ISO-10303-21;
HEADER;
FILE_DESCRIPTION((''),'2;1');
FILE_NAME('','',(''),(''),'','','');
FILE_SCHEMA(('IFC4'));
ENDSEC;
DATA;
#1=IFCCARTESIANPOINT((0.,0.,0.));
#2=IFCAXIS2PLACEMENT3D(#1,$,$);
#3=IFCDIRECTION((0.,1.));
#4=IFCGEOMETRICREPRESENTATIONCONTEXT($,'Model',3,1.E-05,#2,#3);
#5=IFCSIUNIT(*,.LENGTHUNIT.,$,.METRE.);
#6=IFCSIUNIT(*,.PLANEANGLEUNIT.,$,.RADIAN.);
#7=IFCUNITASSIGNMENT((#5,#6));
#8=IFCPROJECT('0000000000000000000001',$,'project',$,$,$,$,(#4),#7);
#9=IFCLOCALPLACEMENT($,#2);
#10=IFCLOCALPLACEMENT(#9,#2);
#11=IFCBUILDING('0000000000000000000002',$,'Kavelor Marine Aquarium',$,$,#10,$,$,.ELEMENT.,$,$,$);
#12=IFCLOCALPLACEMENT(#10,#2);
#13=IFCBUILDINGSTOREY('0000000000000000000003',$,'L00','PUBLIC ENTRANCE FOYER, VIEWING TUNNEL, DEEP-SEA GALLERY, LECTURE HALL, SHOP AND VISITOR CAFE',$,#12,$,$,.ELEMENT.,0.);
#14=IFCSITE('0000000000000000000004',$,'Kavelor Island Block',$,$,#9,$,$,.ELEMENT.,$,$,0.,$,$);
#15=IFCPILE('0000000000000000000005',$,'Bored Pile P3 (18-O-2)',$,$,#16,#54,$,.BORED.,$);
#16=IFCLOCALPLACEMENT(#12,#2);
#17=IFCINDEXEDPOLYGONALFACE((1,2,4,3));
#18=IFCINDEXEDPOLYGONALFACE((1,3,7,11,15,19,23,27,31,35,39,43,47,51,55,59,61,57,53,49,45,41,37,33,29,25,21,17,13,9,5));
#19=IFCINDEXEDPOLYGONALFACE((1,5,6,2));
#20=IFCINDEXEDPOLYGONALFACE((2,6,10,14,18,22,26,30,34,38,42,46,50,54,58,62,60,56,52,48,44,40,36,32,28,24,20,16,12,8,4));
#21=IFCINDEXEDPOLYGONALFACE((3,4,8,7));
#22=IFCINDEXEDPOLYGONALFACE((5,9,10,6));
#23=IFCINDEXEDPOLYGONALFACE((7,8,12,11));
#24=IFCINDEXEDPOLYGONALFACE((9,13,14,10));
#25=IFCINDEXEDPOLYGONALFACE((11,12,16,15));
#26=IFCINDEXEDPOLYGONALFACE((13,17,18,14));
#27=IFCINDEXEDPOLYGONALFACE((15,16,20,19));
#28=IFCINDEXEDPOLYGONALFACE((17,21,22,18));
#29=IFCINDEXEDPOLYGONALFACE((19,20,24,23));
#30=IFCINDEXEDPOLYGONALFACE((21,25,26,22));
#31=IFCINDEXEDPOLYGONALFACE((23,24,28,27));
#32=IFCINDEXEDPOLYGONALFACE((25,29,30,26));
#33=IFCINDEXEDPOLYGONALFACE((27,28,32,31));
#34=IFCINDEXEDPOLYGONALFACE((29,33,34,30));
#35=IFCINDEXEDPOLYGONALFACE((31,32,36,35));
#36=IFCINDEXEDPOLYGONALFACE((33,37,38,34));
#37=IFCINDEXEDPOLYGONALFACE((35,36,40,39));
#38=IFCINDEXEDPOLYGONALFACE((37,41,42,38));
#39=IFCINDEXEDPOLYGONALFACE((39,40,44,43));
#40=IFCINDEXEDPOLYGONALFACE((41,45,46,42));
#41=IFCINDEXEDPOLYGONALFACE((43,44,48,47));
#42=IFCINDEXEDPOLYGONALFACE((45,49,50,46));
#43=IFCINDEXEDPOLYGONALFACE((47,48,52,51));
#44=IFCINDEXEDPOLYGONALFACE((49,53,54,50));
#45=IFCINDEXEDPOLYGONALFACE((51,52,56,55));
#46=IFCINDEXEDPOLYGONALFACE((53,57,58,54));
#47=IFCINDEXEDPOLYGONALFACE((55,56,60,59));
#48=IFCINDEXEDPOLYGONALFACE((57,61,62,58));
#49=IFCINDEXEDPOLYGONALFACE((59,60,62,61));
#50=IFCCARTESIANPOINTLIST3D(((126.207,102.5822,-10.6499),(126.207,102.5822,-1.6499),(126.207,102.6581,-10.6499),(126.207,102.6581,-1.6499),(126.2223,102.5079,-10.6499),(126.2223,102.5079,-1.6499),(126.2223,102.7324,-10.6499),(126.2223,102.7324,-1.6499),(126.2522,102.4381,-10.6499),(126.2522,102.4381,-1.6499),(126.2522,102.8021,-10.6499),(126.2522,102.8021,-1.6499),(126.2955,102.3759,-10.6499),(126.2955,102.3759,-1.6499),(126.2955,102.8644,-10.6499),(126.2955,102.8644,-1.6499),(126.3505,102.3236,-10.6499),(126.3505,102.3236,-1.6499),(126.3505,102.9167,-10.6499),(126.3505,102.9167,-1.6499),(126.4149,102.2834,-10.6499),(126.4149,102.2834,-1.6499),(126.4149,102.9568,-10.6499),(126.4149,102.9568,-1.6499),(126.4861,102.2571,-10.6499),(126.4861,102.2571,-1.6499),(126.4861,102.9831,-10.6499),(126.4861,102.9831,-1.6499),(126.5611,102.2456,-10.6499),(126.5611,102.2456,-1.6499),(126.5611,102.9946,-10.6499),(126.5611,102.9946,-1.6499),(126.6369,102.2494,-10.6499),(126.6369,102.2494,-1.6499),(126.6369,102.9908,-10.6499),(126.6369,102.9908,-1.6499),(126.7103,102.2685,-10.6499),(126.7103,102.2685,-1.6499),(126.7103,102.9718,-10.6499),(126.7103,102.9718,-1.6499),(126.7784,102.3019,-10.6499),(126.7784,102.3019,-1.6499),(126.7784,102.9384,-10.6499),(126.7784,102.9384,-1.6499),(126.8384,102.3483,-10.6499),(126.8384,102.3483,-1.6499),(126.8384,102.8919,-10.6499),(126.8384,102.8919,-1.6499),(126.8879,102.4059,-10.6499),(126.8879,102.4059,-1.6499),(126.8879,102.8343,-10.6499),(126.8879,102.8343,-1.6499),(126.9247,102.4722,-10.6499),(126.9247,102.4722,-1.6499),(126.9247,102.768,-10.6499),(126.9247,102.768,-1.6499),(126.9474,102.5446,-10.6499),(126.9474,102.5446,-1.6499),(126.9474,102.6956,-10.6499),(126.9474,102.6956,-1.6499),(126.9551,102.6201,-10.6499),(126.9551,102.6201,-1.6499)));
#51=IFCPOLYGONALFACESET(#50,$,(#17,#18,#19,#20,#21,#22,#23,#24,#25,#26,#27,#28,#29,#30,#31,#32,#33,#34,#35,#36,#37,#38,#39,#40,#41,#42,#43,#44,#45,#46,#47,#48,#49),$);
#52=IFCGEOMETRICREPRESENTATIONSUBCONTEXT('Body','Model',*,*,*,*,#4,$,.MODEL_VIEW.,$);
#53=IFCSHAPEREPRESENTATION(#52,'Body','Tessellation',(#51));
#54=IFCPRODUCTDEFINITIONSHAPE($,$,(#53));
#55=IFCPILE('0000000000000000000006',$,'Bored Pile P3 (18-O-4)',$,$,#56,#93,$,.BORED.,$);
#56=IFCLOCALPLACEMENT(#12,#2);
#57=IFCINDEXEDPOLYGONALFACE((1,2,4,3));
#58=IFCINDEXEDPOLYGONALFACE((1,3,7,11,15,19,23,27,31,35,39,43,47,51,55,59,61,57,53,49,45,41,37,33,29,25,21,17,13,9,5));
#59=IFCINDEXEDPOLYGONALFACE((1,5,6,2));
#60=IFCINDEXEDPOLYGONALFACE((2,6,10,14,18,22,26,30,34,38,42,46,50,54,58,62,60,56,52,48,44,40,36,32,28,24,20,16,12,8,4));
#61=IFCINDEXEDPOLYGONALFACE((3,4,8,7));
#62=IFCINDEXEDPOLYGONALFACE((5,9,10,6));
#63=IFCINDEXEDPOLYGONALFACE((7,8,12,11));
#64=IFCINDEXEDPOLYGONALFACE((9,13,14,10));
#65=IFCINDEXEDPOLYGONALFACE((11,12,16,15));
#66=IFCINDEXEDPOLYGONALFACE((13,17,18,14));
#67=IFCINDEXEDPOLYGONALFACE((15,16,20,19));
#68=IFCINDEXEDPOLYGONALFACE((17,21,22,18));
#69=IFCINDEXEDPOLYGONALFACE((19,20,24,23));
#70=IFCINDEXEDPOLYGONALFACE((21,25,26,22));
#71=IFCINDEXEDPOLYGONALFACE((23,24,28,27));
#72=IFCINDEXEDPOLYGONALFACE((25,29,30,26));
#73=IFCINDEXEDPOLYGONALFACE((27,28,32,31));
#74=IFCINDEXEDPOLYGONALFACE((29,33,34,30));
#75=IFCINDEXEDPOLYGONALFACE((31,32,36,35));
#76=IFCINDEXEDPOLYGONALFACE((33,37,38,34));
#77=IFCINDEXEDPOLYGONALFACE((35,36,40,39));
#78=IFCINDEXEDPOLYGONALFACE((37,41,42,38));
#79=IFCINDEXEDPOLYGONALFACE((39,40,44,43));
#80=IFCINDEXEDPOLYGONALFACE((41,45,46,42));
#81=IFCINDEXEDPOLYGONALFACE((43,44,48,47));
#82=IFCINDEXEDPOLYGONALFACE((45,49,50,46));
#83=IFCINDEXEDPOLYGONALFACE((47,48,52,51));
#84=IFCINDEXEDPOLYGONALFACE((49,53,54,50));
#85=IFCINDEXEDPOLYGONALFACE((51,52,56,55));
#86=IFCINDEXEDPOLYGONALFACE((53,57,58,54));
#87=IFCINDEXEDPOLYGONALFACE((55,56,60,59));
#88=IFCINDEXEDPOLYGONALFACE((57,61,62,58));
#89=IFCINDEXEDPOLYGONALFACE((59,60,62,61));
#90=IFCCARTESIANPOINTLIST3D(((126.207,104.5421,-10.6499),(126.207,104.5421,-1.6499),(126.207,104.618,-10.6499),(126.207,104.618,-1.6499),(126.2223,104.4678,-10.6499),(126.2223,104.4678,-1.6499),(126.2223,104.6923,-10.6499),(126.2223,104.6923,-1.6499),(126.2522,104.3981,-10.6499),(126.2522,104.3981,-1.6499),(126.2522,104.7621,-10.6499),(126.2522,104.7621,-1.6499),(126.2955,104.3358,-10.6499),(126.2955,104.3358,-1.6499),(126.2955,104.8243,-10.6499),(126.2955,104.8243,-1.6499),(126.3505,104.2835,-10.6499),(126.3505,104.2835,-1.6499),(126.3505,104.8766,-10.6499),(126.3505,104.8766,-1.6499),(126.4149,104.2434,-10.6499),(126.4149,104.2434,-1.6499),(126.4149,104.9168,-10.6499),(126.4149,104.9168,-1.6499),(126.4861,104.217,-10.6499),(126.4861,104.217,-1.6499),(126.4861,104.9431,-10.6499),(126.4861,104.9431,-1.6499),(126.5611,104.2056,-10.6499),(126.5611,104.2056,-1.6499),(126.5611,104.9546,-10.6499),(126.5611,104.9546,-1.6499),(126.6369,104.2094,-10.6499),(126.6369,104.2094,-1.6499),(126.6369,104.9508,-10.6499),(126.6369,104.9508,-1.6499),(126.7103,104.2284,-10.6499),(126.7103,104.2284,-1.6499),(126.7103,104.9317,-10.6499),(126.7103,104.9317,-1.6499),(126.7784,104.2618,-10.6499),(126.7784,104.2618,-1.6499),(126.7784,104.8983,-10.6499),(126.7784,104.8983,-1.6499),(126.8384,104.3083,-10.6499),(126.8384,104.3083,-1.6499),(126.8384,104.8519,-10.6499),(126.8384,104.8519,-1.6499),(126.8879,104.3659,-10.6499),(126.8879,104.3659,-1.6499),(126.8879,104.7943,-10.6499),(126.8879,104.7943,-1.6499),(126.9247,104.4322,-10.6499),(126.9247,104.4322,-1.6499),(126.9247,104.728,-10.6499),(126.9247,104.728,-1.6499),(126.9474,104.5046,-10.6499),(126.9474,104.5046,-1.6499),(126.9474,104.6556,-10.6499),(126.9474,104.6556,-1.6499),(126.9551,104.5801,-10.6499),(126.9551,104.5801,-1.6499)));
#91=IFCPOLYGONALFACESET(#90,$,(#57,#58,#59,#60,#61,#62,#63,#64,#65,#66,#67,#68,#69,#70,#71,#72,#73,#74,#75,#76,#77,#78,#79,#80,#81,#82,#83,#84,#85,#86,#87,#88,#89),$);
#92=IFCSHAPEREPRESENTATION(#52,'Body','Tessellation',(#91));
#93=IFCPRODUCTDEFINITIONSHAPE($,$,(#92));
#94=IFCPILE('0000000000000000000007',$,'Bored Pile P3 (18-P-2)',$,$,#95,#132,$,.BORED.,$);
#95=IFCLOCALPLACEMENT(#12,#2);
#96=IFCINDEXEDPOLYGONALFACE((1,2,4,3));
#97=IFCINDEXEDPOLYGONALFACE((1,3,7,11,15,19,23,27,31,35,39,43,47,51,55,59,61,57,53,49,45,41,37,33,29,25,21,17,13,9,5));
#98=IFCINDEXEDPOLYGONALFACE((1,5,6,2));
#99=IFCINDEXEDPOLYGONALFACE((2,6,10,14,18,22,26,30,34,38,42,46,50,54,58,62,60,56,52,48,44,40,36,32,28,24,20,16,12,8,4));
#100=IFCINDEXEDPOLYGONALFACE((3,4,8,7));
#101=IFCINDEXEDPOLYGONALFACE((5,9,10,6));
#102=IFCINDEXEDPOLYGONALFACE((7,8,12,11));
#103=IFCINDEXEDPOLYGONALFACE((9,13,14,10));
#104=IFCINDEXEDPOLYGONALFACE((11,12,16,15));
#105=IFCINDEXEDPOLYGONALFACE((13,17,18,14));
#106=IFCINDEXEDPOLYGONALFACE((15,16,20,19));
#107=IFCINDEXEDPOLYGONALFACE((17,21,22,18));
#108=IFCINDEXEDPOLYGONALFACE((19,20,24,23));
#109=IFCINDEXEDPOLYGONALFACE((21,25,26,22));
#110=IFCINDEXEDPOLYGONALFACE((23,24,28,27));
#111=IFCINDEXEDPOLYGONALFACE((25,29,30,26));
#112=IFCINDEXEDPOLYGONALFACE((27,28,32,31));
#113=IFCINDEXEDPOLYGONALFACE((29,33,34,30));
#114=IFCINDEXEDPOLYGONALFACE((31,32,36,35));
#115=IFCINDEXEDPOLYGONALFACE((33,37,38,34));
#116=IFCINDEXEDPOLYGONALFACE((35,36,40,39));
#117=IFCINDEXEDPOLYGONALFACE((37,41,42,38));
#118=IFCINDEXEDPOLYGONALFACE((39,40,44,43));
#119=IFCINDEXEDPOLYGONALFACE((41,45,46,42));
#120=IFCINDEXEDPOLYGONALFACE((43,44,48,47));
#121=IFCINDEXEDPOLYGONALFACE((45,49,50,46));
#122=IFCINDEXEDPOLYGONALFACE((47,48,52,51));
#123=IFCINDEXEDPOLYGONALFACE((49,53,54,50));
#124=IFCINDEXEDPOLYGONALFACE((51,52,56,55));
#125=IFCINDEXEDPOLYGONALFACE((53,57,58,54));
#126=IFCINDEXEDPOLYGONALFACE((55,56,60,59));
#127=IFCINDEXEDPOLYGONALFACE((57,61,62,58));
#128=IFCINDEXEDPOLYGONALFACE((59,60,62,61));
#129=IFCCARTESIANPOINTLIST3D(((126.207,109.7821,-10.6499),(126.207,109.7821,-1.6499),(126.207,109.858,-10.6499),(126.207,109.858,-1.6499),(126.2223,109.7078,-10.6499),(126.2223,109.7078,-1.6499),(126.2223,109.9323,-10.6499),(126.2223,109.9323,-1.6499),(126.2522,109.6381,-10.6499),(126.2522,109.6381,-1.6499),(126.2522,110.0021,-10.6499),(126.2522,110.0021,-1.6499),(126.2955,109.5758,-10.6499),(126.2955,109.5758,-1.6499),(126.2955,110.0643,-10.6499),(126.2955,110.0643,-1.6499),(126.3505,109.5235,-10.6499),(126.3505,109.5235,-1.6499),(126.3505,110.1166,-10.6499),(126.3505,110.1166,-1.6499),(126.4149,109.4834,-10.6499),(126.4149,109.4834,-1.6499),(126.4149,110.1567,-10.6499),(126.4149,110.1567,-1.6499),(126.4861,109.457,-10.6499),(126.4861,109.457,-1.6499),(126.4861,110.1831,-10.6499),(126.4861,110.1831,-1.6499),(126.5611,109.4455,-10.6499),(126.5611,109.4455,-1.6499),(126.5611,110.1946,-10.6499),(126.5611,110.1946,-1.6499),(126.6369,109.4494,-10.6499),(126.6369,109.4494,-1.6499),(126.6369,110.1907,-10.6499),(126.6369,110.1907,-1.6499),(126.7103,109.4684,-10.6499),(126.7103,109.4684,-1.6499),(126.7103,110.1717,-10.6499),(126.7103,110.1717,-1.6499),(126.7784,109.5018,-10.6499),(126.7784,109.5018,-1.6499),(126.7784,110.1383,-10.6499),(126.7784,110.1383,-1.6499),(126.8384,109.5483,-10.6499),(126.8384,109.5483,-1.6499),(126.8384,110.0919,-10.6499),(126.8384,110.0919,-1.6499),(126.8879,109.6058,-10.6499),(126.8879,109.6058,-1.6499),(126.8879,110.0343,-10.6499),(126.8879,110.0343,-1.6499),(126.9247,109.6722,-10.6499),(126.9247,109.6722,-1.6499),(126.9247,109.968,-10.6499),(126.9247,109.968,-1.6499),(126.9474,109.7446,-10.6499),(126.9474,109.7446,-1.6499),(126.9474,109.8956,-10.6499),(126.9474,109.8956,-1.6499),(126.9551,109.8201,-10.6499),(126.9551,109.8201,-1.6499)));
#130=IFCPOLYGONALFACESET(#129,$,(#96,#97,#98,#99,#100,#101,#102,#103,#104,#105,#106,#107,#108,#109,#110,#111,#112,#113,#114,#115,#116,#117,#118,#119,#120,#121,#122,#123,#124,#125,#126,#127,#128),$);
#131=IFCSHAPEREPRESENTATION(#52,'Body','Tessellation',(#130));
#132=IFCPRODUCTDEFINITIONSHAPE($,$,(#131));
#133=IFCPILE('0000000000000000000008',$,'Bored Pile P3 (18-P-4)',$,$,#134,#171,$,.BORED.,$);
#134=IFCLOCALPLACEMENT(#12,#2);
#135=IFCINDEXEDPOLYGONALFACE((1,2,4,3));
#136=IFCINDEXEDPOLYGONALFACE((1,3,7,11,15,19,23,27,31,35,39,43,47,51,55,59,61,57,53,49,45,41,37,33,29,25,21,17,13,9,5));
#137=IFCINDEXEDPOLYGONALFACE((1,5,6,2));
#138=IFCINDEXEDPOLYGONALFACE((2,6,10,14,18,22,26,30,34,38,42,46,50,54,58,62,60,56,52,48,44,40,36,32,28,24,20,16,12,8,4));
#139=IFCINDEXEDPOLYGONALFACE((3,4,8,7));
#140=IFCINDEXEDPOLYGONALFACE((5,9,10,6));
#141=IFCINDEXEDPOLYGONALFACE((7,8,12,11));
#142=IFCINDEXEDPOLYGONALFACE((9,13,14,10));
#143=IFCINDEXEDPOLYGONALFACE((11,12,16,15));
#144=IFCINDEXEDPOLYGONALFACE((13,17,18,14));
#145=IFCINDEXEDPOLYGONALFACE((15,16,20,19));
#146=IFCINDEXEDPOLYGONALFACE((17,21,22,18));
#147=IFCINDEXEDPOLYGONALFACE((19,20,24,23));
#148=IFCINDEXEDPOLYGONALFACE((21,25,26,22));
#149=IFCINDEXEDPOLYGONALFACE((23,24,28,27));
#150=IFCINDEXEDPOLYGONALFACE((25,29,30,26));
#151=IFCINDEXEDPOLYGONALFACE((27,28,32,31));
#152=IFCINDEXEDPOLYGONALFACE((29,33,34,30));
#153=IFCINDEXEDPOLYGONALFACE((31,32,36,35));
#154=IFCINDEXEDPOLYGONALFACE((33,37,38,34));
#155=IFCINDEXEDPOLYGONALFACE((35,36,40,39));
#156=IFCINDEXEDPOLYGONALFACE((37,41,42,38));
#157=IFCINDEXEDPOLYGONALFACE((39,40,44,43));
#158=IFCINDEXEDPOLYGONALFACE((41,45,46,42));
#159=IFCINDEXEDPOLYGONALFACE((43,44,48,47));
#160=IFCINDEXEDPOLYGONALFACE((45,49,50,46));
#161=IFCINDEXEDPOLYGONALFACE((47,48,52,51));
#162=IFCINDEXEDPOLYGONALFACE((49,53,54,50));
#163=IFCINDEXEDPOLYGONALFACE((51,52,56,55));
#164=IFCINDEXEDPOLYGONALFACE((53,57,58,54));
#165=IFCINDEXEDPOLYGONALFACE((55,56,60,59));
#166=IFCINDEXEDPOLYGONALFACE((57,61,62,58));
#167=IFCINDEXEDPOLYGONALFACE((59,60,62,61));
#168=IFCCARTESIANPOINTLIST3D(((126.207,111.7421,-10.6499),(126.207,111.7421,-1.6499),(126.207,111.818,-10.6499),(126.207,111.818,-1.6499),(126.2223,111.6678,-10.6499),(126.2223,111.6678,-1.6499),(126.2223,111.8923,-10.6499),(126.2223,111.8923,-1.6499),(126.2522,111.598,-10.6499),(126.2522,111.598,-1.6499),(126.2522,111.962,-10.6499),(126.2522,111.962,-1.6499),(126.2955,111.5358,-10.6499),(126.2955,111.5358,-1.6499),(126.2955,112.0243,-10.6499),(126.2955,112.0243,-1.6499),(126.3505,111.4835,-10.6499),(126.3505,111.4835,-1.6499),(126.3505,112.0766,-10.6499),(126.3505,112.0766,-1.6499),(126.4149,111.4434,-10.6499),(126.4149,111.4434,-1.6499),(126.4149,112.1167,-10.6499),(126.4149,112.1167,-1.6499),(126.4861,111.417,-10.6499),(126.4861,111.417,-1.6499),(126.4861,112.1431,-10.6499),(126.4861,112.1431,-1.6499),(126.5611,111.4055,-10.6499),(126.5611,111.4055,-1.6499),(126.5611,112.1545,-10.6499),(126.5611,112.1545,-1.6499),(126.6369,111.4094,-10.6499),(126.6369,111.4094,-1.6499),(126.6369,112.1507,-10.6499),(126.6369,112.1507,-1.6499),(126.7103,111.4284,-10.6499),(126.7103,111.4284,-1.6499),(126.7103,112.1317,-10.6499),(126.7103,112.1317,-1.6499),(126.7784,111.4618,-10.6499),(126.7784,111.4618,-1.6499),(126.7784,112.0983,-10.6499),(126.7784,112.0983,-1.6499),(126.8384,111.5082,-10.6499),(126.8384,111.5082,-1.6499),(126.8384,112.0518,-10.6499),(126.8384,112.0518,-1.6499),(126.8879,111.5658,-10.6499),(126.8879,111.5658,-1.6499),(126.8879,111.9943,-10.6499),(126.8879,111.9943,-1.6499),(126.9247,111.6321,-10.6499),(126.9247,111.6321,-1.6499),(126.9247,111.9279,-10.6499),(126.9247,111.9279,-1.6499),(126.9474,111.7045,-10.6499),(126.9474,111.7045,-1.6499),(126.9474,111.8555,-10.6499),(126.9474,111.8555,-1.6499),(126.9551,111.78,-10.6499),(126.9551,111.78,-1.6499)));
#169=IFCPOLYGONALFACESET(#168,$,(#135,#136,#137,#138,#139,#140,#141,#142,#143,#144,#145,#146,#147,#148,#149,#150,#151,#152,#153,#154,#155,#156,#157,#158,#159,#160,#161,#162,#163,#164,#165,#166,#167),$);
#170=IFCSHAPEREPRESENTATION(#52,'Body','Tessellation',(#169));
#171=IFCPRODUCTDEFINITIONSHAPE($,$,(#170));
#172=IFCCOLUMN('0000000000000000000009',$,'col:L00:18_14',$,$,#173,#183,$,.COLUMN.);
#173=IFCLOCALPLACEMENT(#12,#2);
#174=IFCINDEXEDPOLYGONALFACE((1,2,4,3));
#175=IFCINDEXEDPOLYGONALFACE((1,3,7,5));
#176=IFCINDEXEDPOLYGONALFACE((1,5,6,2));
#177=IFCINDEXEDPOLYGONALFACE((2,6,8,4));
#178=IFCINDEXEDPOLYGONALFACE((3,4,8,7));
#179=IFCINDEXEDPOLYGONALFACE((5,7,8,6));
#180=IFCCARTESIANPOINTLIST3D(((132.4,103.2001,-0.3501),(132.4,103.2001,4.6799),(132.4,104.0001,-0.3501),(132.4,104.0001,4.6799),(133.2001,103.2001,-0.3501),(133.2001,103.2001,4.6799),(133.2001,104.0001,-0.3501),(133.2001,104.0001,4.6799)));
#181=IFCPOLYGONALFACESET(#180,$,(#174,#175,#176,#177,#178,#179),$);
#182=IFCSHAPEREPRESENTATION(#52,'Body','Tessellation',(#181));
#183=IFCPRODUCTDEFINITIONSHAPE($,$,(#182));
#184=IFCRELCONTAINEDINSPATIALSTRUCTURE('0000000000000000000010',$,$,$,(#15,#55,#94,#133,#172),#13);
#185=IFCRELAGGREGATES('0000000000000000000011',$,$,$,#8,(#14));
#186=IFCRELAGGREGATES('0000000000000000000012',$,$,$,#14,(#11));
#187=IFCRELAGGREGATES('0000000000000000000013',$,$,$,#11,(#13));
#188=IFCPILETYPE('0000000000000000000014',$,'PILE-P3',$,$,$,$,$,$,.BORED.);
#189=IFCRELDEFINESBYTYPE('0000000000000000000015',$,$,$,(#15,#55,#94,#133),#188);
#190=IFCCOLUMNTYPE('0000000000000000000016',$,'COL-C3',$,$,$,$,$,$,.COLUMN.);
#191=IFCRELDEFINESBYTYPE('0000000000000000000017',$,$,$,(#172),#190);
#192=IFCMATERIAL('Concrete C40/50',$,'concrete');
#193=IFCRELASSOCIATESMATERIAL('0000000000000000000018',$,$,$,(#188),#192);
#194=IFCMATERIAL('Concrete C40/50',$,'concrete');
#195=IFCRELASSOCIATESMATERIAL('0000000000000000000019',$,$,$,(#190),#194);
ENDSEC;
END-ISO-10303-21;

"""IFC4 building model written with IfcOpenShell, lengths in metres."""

from ifc_helpers import new_model, si_unit, direction, frame, origin, origin_2d, place, context, subcontext, project, spatial, rectangle, circle, extrude, material, material_profile, profile_set, type_object, element, save


model = new_model("IFC4")

# Units and contexts
model_context = context("Model", 3, precision=1e-05, world=origin(), true_north=direction((0.0, 1.0)))
body_context = subcontext(model_context, "Body", "Model", "MODEL_VIEW")
ifc_project = project(units=[si_unit("LENGTHUNIT", "METRE"), si_unit("PLANEANGLEUNIT", "RADIAN")], contexts=[model_context])

# Site, building, storey
site_placement = place(None, origin())
site = spatial("IfcSite", under=ifc_project, at=site_placement, Name="Kavelor Island Block", CompositionType="ELEMENT", RefElevation=0.0)
building_placement = place(site_placement, origin())
building = spatial("IfcBuilding", under=site, at=building_placement, Name="Kavelor Marine Aquarium", CompositionType="ELEMENT")
storey_placement = place(building_placement, origin())
storey = spatial("IfcBuildingStorey", under=building, at=storey_placement, Name="L00", Description="PUBLIC ENTRANCE FOYER, VIEWING TUNNEL, DEEP-SEA GALLERY, LECTURE HALL, SHOP AND VISITOR CAFE", CompositionType="ELEMENT", Elevation=0.0)

# Piles
ifc_material_1 = material(Name="Concrete C40/50", Category="concrete")
ifc_material_profile_1 = material_profile(ifc_material_1, circle(Radius=0.375, at=origin_2d()), Name="PILE D750")
ifc_profile_set_1 = profile_set([ifc_material_profile_1], Name="Concrete C40/50")
pile_type_1 = type_object("IfcPileType", Name="PILE-P3", PredefinedType="BORED", material=ifc_profile_set_1)
for number, where, z_axis, x_axis, name in (
    (1, (126.5801, 102.6201, -1.6499), (0.0, 0.0, -1.0), (1.0, 0.0, 0.0), "Bored Pile P3 (18-O-2)"),
    (2, (126.5801, 104.5801, -1.6499), (0.0, 0.0, -1.0), (1.0, 0.0, 0.0), "Bored Pile P3 (18-O-4)"),
    (3, (126.5801, 109.8201, -1.6499), (0.0, 0.0, -1.0), (1.0, 0.0, 0.0), "Bored Pile P3 (18-P-2)"),
    (4, (126.5801, 111.78, -1.6499), (0.0, 0.0, -1.0), (1.0, 0.0, 0.0), "Bored Pile P3 (18-P-4)"),
):
    element("IfcPile", number, at=place(storey_placement, frame(where, z_axis=z_axis, x_axis=x_axis)), inside=storey, type_object=pile_type_1, Name=name, PredefinedType="BORED", context=body_context, shape_type="SweptSolid", body=[
        extrude(circle(Radius=0.375, at=origin_2d()), origin(), (0.0, 0.0, 1.0), 9.0),
    ])

# Column
ifc_material_2 = material(Name="Concrete C40/50", Category="concrete")
ifc_material_profile_2 = material_profile(ifc_material_2, rectangle(XDim=0.8, YDim=0.8, at=origin_2d()), Name="RC-COL 800x800")
ifc_profile_set_2 = profile_set([ifc_material_profile_2], Name="Concrete C40/50")
column_type_1 = type_object("IfcColumnType", Name="COL-C3", PredefinedType="COLUMN", material=ifc_profile_set_2)
column_1_placement = place(storey_placement, frame((132.8, 103.6001, -0.3501), z_axis=(0.0, 0.0, 1.0), x_axis=(1.0, 0.0, 0.0)))
element("IfcColumn", 5, at=column_1_placement, inside=storey, type_object=column_type_1, Name="col:L00:18_14", PredefinedType="COLUMN", context=body_context, shape_type="SweptSolid", body=[
    extrude(rectangle(XDim=0.8, YDim=0.8, at=origin_2d()), origin(), (0.0, 0.0, 1.0), 5.03),
])

save(model, "model.ifc")
